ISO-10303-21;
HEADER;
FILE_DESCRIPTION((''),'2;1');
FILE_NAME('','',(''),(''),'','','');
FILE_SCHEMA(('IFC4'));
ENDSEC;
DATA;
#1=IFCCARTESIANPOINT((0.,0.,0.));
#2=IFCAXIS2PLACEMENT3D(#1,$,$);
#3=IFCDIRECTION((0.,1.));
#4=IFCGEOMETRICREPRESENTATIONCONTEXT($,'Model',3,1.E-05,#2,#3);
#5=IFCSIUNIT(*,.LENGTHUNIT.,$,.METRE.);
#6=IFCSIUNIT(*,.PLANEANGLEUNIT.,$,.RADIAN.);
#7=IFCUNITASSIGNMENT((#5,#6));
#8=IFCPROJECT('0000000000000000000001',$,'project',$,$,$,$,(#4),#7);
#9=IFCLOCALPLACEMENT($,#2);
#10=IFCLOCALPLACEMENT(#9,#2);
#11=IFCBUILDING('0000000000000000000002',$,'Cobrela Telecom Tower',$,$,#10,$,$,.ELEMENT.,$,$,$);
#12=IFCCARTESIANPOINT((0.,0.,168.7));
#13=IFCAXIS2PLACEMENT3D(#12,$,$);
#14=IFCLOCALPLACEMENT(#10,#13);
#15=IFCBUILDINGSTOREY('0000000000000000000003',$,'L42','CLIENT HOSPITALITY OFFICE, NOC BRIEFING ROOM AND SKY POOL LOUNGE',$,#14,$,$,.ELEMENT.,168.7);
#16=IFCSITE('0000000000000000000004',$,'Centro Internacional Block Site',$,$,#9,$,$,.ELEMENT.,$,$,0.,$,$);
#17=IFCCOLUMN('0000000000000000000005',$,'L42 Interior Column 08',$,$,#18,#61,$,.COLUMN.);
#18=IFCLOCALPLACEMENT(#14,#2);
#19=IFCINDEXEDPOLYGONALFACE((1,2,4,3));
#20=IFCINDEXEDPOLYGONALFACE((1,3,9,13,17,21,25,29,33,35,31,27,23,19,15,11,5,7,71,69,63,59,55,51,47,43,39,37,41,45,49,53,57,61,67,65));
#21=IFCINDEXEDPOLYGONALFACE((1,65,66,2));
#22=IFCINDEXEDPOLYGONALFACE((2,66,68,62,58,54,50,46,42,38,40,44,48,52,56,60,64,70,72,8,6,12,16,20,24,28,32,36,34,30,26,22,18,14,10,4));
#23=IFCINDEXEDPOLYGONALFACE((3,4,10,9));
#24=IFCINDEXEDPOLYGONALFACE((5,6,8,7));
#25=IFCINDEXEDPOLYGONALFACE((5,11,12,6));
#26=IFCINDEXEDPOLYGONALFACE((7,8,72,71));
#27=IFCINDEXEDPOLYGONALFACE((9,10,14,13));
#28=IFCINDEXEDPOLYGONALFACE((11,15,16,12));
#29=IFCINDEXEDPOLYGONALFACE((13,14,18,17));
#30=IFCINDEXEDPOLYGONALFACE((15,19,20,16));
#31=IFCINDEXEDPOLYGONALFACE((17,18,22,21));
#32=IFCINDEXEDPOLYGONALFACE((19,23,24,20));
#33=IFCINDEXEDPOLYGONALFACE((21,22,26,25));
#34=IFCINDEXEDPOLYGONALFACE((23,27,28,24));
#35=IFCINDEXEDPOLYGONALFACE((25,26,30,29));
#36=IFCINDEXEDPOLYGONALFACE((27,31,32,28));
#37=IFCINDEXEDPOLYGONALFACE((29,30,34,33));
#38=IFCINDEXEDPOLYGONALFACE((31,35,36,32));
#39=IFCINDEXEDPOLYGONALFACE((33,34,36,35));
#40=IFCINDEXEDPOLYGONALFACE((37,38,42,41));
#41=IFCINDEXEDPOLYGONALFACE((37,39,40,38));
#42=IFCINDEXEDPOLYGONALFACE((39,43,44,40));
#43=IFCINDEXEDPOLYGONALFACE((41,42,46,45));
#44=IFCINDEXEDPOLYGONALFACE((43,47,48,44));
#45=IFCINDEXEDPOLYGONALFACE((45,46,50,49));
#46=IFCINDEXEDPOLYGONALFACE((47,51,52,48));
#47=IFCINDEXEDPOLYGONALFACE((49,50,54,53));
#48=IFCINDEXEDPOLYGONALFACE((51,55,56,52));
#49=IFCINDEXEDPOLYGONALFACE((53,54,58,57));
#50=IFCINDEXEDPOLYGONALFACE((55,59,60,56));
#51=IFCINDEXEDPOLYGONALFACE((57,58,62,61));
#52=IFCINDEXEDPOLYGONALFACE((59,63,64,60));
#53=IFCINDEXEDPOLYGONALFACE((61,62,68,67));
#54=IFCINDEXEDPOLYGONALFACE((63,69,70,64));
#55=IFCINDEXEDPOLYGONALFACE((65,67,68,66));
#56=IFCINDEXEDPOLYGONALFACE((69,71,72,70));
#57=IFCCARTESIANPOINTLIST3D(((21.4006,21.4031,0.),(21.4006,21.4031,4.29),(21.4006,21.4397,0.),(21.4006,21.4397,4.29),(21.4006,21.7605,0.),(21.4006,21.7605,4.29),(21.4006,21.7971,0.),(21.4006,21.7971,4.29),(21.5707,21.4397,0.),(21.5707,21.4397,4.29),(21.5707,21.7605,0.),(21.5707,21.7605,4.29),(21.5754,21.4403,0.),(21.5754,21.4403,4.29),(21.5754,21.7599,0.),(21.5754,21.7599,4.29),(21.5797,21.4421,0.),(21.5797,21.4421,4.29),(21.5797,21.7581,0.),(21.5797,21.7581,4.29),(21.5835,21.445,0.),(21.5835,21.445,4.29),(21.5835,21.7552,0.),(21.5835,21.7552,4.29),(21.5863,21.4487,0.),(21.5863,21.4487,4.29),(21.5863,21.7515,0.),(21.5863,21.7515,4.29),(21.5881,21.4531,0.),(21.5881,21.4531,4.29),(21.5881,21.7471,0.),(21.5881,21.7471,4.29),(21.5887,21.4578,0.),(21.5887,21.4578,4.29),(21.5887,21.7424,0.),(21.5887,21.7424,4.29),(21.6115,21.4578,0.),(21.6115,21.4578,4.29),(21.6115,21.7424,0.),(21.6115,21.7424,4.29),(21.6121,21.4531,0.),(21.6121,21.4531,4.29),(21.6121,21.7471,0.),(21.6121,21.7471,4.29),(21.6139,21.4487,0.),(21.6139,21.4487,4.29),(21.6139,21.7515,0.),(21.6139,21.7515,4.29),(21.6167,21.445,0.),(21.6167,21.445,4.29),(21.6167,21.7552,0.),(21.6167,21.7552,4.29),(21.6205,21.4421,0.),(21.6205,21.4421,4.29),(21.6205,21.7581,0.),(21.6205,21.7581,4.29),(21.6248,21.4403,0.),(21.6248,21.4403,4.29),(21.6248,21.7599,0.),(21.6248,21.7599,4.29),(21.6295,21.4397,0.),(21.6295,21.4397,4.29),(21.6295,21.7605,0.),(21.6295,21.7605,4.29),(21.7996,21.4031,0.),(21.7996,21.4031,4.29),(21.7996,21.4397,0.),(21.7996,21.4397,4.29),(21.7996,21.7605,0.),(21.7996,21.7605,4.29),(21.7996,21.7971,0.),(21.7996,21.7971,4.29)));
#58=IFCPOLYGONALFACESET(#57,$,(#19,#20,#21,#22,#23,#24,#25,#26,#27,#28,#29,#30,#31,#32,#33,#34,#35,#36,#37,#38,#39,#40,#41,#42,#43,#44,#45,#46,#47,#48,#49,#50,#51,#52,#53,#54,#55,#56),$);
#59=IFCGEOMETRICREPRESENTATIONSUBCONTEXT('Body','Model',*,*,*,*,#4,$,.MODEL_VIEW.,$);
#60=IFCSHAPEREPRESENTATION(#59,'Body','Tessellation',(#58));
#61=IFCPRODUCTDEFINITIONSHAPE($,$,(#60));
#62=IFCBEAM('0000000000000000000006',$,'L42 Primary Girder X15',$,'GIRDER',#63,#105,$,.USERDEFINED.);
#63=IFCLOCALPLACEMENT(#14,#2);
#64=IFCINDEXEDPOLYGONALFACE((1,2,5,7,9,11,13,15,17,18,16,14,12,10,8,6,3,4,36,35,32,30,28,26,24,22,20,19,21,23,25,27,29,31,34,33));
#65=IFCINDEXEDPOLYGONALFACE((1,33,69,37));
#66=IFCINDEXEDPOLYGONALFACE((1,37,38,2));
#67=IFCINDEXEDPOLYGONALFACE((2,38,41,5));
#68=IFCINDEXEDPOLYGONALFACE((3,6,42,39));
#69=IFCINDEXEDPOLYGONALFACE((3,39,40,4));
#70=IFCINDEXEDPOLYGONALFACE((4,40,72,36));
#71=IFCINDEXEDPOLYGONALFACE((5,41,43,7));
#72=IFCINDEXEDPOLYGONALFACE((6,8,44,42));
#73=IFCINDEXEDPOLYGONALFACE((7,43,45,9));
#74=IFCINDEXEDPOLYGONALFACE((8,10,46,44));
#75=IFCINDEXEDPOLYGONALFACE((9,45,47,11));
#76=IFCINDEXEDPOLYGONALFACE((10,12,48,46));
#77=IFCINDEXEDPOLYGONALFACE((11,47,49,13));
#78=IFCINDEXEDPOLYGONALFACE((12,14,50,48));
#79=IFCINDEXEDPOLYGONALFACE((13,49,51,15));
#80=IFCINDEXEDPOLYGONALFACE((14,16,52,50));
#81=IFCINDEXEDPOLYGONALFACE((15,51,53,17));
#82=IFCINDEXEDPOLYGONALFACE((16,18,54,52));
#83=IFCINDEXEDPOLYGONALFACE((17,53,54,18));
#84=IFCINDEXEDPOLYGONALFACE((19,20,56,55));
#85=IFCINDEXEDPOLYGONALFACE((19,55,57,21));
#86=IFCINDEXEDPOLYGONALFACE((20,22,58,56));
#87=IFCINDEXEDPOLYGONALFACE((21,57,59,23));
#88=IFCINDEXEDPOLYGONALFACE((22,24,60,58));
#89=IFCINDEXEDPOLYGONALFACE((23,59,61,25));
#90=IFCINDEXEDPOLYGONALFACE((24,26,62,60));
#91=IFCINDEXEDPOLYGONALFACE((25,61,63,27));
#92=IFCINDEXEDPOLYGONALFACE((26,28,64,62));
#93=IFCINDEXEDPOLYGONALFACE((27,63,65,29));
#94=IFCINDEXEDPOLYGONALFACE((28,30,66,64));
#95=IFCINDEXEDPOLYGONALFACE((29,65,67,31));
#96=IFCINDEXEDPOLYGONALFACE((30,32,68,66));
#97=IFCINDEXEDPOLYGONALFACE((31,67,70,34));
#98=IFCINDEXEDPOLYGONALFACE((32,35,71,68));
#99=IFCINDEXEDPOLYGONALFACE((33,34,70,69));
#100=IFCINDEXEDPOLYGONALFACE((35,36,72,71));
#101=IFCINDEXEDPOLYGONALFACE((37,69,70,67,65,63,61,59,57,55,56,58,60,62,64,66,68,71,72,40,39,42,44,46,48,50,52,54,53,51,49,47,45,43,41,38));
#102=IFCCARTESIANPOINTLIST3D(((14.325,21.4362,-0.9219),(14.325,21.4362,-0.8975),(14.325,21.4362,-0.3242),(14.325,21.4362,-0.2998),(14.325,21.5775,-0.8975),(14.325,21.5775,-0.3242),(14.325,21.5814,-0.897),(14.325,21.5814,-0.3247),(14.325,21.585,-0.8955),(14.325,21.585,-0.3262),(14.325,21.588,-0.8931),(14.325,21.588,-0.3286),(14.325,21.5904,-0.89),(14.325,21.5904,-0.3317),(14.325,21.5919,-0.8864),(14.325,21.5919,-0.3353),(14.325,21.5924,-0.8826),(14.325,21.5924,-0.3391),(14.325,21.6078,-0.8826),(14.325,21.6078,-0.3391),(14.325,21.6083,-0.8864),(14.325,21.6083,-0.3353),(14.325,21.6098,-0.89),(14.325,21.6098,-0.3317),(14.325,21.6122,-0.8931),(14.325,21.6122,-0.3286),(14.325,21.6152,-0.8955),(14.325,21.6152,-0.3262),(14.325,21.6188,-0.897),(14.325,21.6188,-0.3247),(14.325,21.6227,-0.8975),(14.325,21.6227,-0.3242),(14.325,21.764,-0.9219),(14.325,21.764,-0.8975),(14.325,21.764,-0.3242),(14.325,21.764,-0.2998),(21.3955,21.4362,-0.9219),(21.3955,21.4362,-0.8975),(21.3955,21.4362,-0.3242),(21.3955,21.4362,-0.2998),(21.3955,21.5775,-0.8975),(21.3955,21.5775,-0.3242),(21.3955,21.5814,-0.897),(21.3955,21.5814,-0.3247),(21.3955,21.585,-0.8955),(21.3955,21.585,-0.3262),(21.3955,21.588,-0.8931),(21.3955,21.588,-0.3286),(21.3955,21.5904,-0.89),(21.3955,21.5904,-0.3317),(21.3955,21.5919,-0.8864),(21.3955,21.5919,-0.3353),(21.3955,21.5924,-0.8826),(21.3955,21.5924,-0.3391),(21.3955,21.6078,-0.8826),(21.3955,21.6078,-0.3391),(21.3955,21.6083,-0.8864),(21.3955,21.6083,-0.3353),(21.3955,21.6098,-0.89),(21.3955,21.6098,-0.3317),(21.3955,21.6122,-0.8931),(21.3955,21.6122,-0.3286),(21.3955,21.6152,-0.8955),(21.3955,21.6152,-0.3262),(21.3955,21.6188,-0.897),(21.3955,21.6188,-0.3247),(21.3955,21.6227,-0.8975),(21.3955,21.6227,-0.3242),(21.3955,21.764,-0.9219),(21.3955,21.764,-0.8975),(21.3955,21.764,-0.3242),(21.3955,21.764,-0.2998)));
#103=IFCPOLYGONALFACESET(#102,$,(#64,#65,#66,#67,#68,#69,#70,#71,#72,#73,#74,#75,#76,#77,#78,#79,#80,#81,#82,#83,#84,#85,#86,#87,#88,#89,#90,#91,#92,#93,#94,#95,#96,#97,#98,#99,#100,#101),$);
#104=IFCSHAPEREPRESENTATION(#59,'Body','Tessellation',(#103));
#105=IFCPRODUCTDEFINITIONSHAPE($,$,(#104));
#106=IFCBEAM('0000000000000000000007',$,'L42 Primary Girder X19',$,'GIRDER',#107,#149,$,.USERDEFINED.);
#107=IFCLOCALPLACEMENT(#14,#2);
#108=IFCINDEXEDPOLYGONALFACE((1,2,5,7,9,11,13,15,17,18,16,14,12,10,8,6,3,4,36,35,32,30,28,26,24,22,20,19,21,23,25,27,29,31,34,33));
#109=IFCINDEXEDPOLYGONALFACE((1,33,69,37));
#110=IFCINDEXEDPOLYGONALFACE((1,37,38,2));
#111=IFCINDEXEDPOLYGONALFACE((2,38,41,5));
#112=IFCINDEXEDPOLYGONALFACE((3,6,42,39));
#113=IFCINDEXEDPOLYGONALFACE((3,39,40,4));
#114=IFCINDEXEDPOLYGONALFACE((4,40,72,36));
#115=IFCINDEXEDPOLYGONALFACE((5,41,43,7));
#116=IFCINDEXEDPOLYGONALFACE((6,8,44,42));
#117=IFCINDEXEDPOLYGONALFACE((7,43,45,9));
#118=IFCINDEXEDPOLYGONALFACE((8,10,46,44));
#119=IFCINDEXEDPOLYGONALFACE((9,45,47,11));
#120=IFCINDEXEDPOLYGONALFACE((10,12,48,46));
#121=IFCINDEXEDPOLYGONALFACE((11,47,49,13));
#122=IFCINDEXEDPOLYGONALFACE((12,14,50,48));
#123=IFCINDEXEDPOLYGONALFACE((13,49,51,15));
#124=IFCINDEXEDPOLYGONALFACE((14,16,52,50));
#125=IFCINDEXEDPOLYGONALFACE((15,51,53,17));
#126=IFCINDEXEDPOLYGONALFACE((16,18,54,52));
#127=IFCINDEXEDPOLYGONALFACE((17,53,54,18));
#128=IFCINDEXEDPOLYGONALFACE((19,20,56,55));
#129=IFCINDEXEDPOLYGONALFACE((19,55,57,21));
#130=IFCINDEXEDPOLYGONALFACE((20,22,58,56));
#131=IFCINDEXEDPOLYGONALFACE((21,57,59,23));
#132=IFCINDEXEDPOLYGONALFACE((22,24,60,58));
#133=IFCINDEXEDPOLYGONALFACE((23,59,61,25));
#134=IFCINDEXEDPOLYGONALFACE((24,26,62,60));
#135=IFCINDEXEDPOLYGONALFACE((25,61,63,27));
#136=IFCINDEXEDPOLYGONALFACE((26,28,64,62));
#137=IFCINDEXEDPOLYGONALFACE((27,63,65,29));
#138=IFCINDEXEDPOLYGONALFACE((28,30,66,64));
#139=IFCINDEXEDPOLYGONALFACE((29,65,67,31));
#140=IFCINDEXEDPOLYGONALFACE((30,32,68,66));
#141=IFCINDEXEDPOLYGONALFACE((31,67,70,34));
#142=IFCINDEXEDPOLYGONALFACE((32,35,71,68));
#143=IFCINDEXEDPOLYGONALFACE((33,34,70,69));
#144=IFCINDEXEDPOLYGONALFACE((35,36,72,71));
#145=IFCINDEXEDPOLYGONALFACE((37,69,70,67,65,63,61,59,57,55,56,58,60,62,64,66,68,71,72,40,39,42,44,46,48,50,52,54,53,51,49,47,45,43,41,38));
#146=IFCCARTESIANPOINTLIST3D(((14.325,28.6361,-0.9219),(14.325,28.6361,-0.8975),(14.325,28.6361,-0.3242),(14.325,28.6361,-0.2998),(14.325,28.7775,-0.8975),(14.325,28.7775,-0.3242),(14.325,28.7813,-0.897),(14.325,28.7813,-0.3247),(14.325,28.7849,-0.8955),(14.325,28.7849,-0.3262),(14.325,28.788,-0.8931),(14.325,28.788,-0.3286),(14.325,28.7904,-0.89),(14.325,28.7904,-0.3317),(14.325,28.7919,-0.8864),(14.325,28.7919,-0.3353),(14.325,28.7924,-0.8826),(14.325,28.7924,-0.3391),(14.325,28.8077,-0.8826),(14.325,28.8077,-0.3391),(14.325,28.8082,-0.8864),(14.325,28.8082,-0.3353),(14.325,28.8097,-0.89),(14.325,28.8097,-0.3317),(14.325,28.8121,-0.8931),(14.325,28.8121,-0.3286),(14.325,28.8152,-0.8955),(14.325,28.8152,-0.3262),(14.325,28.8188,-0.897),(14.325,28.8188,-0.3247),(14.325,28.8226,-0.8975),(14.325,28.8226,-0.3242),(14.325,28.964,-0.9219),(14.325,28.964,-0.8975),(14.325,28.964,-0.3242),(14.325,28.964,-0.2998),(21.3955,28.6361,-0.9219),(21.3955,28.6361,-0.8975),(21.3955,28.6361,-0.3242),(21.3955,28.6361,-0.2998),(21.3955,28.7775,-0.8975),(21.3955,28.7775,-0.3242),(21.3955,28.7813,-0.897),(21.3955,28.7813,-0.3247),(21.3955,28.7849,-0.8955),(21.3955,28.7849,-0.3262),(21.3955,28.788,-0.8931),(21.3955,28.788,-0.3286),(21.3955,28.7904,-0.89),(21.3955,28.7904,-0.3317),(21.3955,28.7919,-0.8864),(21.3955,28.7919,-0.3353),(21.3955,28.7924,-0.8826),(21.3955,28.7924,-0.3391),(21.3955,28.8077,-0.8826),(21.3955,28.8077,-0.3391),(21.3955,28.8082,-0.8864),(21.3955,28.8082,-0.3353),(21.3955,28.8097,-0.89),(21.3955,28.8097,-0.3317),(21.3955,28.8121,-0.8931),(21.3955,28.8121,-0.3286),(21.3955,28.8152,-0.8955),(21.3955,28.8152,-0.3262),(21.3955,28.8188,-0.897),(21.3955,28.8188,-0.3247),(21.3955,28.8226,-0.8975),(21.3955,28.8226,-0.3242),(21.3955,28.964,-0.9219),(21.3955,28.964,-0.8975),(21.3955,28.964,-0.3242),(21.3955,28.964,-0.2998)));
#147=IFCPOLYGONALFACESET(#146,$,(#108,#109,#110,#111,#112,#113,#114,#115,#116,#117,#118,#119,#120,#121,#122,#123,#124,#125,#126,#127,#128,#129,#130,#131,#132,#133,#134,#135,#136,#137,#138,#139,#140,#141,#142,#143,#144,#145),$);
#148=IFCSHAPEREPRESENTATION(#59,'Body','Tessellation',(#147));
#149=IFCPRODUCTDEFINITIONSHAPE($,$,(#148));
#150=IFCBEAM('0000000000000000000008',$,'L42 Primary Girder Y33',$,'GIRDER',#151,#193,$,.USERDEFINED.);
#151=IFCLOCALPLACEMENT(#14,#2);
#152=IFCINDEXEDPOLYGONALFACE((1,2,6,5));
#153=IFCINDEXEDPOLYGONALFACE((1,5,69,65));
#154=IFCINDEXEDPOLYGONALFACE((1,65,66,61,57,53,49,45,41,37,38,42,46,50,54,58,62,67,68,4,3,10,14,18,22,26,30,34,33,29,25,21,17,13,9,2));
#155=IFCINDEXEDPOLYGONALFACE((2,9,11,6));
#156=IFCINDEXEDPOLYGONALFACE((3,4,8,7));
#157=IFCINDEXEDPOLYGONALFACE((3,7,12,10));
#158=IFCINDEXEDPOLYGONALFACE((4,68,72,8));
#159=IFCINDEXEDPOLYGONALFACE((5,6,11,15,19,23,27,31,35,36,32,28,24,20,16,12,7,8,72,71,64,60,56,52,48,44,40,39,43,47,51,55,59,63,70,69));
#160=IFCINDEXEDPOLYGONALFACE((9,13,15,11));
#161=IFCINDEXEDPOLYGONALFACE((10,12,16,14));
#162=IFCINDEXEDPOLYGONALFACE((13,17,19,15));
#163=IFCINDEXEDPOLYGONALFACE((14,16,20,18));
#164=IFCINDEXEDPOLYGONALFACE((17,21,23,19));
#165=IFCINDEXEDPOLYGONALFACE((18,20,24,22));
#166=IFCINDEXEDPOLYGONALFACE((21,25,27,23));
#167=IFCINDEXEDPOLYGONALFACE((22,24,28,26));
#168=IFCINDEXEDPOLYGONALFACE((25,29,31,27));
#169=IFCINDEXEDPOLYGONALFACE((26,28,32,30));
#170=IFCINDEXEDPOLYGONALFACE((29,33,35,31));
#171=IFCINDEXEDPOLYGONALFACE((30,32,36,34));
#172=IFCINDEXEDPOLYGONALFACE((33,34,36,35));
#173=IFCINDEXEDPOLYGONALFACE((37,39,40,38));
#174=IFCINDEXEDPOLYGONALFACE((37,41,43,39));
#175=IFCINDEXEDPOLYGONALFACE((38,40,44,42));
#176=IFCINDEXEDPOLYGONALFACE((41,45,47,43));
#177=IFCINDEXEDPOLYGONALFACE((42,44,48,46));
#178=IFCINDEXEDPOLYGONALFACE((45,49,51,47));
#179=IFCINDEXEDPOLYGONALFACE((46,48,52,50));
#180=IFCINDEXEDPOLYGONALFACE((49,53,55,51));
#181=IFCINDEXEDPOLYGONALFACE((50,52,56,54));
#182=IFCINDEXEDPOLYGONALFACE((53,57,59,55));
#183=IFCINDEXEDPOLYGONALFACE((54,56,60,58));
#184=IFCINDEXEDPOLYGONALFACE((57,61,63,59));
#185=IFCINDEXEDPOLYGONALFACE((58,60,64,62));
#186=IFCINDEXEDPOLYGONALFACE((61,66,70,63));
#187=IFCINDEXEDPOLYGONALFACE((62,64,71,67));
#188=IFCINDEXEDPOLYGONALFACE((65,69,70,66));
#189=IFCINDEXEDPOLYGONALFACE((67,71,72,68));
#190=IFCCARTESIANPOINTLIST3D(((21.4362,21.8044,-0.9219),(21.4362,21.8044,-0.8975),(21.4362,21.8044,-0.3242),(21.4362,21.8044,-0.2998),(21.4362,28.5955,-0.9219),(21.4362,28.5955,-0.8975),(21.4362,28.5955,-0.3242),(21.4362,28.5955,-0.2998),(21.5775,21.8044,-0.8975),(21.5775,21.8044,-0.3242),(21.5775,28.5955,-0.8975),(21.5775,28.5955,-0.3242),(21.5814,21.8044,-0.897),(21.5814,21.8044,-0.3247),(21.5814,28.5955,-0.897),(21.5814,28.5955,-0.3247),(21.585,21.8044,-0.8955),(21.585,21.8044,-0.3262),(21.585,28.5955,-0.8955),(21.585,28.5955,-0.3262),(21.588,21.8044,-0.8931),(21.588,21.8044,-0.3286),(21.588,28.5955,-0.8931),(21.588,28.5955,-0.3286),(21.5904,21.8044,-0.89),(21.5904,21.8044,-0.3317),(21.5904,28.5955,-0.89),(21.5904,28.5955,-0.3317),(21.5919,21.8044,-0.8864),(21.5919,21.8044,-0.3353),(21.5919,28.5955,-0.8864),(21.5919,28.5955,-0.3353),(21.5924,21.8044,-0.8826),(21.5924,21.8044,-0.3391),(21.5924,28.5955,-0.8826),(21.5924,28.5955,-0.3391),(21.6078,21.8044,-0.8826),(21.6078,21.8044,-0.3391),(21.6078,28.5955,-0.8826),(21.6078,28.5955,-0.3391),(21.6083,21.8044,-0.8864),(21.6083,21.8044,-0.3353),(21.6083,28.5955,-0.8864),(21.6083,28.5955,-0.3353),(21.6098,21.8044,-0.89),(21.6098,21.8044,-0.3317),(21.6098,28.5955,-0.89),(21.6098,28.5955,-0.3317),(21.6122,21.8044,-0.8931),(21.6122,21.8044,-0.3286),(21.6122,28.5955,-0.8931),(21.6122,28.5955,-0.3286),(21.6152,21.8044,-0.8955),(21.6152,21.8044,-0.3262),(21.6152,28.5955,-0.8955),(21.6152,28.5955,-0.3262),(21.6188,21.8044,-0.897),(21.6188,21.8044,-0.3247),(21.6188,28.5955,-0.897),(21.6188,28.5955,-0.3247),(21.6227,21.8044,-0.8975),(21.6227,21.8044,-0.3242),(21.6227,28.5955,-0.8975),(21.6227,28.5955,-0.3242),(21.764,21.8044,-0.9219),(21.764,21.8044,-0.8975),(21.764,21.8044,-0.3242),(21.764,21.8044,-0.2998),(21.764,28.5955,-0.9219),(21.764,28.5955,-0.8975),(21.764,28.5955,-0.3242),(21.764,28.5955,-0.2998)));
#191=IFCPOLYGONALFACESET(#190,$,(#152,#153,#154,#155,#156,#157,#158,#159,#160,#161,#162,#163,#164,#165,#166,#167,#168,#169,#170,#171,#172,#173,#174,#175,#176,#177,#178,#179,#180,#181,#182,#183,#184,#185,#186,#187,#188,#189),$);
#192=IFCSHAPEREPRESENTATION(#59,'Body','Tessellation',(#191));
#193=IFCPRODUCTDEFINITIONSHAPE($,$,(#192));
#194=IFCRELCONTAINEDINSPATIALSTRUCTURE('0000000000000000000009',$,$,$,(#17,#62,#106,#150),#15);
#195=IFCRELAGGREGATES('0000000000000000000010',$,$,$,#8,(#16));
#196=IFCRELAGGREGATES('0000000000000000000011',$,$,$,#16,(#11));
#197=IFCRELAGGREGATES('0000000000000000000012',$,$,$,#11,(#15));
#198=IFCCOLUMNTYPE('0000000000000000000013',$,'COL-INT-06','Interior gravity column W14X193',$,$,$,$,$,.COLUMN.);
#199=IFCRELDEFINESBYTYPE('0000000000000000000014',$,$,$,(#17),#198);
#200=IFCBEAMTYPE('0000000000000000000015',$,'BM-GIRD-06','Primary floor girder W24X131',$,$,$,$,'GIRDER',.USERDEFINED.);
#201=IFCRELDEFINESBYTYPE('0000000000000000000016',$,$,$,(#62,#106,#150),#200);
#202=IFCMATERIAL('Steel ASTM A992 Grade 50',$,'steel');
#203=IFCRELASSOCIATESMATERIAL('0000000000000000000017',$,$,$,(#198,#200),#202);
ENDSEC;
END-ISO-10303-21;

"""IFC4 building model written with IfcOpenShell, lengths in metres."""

from ifc_helpers import new_model, si_unit, direction, frame, origin, origin_2d, place, context, subcontext, project, spatial, i_section, extrude, material, material_profile, profile_set, type_object, element, save


model = new_model("IFC4")

# Units and contexts
model_context = context("Model", 3, precision=1e-05, world=origin(), true_north=direction((0.0, 1.0)))
body_context = subcontext(model_context, "Body", "Model", "MODEL_VIEW")
ifc_project = project(units=[si_unit("LENGTHUNIT", "METRE"), si_unit("PLANEANGLEUNIT", "RADIAN")], contexts=[model_context])

# Site, building, storey
site_placement = place(None, origin())
site = spatial("IfcSite", under=ifc_project, at=site_placement, Name="Centro Internacional Block Site", CompositionType="ELEMENT", RefElevation=0.0)
building_placement = place(site_placement, origin())
building = spatial("IfcBuilding", under=site, at=building_placement, Name="Cobrela Telecom Tower", CompositionType="ELEMENT")
storey_placement = place(building_placement, frame((0.0, 0.0, 168.7)))
storey = spatial("IfcBuildingStorey", under=building, at=storey_placement, Name="L42", Description="CLIENT HOSPITALITY OFFICE, NOC BRIEFING ROOM AND SKY POOL LOUNGE", CompositionType="ELEMENT", Elevation=168.7)

# Column
ifc_material_1 = material(Name="Steel ASTM A992 Grade 50", Category="steel")
ifc_material_profile_1 = material_profile(ifc_material_1, i_section(OverallWidth=0.3989, OverallDepth=0.394, WebThickness=0.0227, FlangeThickness=0.0366, FilletRadius=0.0181, at=origin_2d()), Name="W14X193")
ifc_profile_set_1 = profile_set([ifc_material_profile_1], Name="Steel ASTM A992 Grade 50")
column_type = type_object("IfcColumnType", Name="COL-INT-06", Description="Interior gravity column W14X193", PredefinedType="COLUMN", material=ifc_profile_set_1)
column_placement = place(storey_placement, frame((21.6001, 21.6001, 0.0), z_axis=(0.0, 0.0, 1.0), x_axis=(1.0, 0.0, 0.0)))
element("IfcColumn", 1, at=column_placement, inside=storey, type_object=column_type, Name="L42 Interior Column 08", PredefinedType="COLUMN", context=body_context, shape_type="SweptSolid", body=[
    extrude(i_section(OverallWidth=0.3989, OverallDepth=0.394, WebThickness=0.0227, FlangeThickness=0.0366, FilletRadius=0.0181, at=origin_2d()), origin(), (0.0, 0.0, 1.0), 4.29),
])

# Beams
ifc_material_profile_2 = material_profile(ifc_material_1, i_section(OverallWidth=0.3279, OverallDepth=0.6221, WebThickness=0.0154, FlangeThickness=0.0244, FilletRadius=0.0149, at=origin_2d()), Name="W24X131")
ifc_profile_set_2 = profile_set([ifc_material_profile_2], Name="Steel ASTM A992 Grade 50")
beam_type_1 = type_object("IfcBeamType", Name="BM-GIRD-06", Description="Primary floor girder W24X131", ElementType="GIRDER", PredefinedType="USERDEFINED", material=ifc_profile_set_2)
for number, where, z_axis, x_axis, name in (
    (2, (14.325, 21.6001, -0.6108), (1.0, 0.0, 0.0), (0.0, 1.0, 0.0), "L42 Primary Girder X15"),
    (3, (14.325, 28.8, -0.6108), (1.0, 0.0, 0.0), (0.0, 1.0, 0.0), "L42 Primary Girder X19"),
):
    element("IfcBeam", number, at=place(storey_placement, frame(where, z_axis=z_axis, x_axis=x_axis)), inside=storey, type_object=beam_type_1, Name=name, ObjectType="GIRDER", PredefinedType="USERDEFINED", context=body_context, shape_type="SweptSolid", body=[
        extrude(i_section(OverallWidth=0.3279, OverallDepth=0.6221, WebThickness=0.0154, FlangeThickness=0.0244, FilletRadius=0.0149, at=origin_2d()), origin(), (0.0, 0.0, 1.0), 7.0706),
    ])
for number, where, z_axis, x_axis, name in (
    (4, (21.6001, 21.8044, -0.6108), (0.0, 1.0, 0.0), (-1.0, 0.0, 0.0), "L42 Primary Girder Y33"),
):
    element("IfcBeam", number, at=place(storey_placement, frame(where, z_axis=z_axis, x_axis=x_axis)), inside=storey, type_object=beam_type_1, Name=name, ObjectType="GIRDER", PredefinedType="USERDEFINED", context=body_context, shape_type="SweptSolid", body=[
        extrude(i_section(OverallWidth=0.3279, OverallDepth=0.6221, WebThickness=0.0154, FlangeThickness=0.0244, FilletRadius=0.0149, at=origin_2d()), origin(), (0.0, 0.0, 1.0), 6.791),
    ])

save(model, "model.ifc")
